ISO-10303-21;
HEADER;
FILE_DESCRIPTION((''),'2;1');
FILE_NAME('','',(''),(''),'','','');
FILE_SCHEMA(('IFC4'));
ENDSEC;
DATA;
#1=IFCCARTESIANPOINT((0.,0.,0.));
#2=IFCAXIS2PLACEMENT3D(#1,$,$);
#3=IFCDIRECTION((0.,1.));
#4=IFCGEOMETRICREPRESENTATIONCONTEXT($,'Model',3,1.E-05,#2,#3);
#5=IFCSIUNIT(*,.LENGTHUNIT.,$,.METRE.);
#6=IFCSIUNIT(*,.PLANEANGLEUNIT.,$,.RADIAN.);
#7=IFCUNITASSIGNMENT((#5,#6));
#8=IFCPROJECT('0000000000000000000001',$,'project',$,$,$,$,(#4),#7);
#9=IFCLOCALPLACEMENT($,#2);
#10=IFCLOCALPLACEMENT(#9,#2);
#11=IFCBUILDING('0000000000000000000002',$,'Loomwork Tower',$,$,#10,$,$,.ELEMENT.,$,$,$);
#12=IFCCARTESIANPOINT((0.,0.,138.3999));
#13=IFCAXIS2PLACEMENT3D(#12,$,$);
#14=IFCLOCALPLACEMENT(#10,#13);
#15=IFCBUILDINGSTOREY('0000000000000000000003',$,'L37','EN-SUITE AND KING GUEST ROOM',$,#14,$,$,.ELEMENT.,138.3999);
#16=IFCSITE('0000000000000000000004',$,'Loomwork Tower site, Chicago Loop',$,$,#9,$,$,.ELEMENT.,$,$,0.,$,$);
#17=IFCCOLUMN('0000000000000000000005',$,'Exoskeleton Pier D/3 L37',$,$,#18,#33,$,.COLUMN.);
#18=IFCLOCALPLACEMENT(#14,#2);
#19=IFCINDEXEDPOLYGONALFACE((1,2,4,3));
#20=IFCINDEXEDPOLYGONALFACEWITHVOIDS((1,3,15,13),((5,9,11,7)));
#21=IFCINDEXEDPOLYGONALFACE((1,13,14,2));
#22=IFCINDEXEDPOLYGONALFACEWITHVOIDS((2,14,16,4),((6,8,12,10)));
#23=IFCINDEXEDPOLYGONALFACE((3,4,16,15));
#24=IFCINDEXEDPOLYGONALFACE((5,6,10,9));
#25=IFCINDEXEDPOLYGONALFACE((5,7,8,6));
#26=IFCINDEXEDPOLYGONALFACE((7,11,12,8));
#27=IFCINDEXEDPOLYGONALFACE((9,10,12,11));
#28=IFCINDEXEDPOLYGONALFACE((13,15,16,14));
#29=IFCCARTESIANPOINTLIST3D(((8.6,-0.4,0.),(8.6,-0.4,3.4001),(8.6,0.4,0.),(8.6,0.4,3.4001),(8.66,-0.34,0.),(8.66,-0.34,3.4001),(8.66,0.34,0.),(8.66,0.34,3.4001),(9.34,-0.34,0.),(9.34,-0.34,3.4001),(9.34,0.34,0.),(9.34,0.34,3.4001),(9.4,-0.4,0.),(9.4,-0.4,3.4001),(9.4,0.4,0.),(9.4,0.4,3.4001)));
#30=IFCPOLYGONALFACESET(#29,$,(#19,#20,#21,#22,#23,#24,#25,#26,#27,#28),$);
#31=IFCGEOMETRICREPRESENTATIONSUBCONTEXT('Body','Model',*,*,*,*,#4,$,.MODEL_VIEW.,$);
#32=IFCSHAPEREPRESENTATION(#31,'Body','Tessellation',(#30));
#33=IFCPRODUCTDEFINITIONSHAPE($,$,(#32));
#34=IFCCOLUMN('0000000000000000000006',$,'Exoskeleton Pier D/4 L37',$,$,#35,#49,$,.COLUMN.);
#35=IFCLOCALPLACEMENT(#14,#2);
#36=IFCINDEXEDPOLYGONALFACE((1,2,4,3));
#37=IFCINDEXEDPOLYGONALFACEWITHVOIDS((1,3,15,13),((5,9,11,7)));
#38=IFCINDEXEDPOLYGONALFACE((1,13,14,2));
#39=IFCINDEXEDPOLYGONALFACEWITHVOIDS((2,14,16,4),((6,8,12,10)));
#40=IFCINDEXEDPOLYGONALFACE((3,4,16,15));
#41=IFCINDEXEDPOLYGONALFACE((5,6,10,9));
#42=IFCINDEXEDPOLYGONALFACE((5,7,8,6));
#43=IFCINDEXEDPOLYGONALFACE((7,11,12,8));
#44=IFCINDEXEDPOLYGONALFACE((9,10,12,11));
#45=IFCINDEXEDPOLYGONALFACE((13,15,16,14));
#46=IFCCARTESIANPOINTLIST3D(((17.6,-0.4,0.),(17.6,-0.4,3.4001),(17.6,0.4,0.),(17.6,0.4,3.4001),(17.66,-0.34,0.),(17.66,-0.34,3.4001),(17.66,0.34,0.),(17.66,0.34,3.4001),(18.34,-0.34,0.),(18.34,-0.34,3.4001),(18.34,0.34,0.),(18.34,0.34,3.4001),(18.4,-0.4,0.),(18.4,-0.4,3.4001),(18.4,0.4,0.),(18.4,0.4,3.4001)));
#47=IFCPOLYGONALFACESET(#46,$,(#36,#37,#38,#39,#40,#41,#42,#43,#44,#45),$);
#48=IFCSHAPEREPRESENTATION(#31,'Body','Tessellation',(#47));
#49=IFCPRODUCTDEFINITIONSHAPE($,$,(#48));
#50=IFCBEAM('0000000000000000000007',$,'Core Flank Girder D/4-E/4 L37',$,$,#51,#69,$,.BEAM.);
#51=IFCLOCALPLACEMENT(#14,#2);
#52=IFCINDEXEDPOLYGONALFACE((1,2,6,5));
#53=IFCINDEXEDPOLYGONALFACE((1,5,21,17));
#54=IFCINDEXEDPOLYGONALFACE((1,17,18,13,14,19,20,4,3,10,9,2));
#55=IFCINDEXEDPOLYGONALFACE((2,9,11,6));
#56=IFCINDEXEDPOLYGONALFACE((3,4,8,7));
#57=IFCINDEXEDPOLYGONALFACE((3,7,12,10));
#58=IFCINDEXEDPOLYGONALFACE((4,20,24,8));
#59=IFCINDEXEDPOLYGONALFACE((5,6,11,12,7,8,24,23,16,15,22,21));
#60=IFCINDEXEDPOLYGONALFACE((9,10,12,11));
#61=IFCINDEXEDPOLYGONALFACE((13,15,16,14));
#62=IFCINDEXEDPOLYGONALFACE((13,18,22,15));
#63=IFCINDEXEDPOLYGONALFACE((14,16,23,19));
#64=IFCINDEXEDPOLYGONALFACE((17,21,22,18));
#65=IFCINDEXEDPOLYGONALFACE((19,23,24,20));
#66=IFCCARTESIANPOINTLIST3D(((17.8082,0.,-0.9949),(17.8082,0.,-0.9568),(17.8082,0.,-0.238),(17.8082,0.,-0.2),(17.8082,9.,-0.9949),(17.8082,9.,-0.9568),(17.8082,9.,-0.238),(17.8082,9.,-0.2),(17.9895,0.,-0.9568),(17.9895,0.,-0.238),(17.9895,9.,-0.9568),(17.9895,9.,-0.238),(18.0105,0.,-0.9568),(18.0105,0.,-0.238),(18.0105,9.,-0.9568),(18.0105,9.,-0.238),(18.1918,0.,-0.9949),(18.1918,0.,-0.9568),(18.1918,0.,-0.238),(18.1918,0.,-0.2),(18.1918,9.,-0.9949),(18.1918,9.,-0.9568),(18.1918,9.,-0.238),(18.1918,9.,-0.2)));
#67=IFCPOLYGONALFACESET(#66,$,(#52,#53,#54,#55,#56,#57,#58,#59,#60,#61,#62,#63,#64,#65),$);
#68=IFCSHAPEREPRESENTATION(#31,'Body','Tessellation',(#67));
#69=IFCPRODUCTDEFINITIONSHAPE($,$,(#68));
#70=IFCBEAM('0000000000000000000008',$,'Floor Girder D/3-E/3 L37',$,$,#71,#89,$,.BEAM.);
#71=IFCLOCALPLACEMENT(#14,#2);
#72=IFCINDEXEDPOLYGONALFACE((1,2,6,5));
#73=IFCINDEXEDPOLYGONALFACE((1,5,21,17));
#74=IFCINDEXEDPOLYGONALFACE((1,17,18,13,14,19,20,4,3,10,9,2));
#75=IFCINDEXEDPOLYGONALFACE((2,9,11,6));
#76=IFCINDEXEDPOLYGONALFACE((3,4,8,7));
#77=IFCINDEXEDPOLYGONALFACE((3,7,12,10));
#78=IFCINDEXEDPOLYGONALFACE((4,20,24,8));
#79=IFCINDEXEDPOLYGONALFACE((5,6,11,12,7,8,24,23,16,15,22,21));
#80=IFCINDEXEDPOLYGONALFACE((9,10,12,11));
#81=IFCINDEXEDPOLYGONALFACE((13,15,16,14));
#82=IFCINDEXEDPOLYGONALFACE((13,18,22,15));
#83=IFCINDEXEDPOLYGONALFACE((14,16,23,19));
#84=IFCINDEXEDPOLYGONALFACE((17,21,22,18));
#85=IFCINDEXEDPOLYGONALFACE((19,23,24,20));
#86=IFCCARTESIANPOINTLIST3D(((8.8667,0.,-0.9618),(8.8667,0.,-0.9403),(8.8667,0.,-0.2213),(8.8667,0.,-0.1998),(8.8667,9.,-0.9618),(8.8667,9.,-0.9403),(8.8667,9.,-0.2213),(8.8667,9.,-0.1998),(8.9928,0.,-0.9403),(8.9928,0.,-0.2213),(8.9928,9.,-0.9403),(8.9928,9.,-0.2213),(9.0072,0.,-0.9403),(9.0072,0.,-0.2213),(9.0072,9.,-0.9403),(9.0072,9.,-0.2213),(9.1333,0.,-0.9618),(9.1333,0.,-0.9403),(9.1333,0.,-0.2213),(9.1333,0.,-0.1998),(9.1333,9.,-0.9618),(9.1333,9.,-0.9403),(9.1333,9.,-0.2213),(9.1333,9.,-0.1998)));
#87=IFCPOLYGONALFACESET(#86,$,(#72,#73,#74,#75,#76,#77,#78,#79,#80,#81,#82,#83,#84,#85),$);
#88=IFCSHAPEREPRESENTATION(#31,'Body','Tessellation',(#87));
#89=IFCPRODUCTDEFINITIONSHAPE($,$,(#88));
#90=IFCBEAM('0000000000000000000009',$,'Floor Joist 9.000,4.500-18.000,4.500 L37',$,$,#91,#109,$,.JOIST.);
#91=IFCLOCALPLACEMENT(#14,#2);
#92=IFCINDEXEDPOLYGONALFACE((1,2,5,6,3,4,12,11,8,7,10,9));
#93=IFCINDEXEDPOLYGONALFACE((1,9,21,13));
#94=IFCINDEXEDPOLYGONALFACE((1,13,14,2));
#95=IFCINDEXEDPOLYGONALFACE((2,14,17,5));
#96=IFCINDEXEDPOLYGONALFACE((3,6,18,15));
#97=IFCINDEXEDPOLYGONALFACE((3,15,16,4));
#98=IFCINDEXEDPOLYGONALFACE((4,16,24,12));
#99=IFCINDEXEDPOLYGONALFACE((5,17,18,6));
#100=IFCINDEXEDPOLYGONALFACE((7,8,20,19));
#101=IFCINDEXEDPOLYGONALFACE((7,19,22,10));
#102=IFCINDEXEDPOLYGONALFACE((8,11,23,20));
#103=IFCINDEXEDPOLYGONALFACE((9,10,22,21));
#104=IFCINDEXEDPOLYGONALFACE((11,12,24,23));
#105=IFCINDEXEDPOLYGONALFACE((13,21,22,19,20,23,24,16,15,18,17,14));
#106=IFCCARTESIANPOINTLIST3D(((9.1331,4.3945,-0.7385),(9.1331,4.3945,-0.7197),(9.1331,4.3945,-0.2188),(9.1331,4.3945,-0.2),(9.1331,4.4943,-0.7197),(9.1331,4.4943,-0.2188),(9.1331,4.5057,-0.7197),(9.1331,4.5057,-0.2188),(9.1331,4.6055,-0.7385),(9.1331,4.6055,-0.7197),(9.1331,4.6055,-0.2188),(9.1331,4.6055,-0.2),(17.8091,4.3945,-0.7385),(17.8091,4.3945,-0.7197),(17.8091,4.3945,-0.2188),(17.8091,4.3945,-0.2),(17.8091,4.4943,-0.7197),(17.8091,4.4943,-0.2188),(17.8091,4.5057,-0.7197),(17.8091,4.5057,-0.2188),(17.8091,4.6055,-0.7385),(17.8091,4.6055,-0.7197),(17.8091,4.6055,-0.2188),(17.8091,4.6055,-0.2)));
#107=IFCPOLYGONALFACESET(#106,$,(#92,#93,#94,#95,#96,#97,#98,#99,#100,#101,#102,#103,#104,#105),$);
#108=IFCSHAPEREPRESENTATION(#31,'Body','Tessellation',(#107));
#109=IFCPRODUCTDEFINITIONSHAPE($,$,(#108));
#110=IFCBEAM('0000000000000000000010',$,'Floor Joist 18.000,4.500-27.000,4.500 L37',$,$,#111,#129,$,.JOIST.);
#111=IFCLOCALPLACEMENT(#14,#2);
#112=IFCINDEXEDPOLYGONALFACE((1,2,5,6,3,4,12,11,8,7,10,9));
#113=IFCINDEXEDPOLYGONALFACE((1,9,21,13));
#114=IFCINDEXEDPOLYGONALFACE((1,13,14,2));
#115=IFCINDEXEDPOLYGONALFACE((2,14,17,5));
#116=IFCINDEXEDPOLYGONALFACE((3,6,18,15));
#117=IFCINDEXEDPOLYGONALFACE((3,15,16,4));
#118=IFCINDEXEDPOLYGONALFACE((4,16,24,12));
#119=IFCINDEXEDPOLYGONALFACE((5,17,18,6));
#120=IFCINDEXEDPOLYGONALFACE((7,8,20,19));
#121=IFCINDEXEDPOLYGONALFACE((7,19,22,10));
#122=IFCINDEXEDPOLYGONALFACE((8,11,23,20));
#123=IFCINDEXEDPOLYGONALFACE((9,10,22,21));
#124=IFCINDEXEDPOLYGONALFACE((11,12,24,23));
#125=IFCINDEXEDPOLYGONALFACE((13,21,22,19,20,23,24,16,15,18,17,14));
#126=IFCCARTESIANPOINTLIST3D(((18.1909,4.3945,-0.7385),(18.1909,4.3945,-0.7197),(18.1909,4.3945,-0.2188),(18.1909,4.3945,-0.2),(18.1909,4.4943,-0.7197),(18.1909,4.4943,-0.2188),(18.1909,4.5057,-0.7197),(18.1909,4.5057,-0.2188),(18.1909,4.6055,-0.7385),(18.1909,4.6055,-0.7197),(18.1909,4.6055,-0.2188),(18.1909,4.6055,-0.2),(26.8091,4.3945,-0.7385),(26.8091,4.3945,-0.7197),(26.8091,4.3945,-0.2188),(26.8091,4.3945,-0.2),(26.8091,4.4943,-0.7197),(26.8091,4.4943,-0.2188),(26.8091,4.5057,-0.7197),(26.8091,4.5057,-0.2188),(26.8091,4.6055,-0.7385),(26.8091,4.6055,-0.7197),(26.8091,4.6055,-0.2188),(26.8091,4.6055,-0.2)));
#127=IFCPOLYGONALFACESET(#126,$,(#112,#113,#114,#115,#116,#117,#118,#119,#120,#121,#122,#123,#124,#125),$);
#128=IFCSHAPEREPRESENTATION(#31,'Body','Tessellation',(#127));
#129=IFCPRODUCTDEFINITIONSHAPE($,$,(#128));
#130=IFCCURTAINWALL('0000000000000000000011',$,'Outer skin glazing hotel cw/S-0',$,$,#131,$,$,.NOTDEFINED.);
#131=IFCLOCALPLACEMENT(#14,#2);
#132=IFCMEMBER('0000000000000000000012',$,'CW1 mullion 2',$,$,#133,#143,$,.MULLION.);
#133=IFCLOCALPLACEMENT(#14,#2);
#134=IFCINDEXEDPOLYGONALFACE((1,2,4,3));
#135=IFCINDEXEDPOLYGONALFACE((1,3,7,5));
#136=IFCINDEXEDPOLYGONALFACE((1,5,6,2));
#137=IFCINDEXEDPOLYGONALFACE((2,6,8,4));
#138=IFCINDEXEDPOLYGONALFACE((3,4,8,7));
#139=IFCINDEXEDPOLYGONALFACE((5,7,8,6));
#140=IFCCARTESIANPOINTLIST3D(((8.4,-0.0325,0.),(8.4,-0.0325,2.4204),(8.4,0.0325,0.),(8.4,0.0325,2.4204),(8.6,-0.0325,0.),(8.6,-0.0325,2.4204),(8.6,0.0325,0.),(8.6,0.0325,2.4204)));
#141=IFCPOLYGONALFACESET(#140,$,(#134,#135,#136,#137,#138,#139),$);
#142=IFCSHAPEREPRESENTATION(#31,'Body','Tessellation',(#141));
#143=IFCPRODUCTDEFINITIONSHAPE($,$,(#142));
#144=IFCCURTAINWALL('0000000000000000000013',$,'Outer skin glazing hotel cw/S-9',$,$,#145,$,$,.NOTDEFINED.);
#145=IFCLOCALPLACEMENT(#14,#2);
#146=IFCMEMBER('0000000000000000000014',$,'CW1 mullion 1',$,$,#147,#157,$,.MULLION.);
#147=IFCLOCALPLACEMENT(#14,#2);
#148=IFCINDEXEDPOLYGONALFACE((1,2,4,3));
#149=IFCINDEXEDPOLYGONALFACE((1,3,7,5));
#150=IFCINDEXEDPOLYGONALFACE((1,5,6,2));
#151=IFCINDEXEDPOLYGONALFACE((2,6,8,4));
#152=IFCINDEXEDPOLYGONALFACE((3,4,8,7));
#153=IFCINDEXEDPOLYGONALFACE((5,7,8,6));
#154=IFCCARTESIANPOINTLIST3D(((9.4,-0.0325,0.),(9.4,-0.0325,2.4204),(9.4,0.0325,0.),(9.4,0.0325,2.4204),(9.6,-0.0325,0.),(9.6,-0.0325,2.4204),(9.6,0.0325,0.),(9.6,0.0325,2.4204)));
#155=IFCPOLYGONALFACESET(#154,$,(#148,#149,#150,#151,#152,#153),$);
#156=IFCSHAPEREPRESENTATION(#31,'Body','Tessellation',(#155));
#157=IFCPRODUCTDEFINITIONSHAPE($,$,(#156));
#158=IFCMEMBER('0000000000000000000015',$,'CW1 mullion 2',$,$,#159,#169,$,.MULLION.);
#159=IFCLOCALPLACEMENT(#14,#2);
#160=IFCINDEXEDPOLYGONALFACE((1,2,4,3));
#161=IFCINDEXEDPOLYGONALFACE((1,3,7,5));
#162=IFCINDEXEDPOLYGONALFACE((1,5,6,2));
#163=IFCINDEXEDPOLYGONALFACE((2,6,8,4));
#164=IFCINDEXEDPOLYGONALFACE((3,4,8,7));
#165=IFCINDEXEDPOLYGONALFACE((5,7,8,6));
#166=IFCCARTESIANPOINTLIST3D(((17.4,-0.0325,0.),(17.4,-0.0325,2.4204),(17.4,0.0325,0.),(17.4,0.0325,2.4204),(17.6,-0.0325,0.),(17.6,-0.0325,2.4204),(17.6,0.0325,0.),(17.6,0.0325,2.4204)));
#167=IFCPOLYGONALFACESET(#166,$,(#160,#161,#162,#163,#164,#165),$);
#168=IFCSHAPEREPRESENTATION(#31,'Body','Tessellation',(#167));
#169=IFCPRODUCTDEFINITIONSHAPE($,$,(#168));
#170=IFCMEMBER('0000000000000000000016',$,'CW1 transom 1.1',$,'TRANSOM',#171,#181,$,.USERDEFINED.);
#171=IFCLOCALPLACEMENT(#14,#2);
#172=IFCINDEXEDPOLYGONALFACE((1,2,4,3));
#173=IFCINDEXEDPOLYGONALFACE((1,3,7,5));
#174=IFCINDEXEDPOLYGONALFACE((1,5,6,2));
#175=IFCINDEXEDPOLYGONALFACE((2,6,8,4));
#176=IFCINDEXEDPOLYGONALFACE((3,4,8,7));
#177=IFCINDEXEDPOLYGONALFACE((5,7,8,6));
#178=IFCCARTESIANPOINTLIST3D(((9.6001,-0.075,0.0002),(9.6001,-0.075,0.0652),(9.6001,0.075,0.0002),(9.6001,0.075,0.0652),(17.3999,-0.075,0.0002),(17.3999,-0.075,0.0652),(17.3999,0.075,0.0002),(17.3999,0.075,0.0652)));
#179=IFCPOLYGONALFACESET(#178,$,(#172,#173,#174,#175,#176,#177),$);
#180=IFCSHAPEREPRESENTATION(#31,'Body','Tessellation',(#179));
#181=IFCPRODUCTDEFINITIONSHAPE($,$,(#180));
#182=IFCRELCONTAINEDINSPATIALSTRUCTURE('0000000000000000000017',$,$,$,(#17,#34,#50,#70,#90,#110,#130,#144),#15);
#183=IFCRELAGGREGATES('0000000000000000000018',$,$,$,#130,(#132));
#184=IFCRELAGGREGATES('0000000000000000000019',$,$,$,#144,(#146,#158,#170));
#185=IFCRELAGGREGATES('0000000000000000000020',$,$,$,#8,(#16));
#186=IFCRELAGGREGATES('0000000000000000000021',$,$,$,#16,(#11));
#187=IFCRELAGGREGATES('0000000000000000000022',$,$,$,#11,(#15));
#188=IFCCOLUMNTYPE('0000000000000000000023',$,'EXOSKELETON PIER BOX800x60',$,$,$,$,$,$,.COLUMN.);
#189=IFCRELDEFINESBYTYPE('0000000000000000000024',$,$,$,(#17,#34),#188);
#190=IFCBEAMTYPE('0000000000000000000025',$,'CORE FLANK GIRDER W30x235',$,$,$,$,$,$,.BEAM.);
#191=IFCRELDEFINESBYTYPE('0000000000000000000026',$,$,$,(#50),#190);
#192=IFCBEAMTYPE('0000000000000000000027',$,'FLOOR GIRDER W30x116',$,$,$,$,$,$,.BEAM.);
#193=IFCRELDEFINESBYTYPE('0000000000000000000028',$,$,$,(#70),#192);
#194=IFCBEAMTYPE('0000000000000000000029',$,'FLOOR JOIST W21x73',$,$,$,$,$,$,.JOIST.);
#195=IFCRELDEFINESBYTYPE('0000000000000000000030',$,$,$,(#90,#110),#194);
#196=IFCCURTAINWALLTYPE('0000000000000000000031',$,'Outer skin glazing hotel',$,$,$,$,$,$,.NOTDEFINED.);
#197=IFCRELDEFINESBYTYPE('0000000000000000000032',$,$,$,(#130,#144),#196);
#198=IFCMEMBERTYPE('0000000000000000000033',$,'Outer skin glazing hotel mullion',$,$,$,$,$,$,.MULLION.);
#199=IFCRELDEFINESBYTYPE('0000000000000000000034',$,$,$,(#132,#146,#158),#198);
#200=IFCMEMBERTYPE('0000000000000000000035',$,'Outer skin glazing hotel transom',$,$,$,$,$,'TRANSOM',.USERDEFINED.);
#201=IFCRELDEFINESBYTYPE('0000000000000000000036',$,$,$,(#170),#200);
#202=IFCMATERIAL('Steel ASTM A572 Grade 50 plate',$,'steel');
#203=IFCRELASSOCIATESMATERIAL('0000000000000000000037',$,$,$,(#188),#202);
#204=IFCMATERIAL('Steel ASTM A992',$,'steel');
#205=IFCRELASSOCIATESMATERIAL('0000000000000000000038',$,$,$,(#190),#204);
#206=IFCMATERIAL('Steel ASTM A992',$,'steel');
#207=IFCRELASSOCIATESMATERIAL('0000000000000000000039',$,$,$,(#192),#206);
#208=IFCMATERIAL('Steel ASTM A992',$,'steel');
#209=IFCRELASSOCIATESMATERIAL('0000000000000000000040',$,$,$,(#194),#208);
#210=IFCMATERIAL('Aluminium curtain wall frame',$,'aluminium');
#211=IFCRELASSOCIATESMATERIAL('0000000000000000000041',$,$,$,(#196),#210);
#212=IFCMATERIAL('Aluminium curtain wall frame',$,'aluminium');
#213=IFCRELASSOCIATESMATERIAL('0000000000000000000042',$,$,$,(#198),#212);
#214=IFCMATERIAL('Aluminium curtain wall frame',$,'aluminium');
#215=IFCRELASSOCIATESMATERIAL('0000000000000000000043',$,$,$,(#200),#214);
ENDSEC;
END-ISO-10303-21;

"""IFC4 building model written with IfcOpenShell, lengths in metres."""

from ifc_helpers import new_model, si_unit, direction, frame, origin, origin_2d, place, context, subcontext, project, spatial, rectangle, hollow_rectangle, i_section, extrude, material, material_profile, profile_set, type_object, element, aggregate, save


model = new_model("IFC4")

# Units and contexts
model_context = context("Model", 3, precision=1e-05, world=origin(), true_north=direction((0.0, 1.0)))
body_context = subcontext(model_context, "Body", "Model", "MODEL_VIEW")
ifc_project = project(units=[si_unit("LENGTHUNIT", "METRE"), si_unit("PLANEANGLEUNIT", "RADIAN")], contexts=[model_context])

# Site, building, storey
site_placement = place(None, origin())
site = spatial("IfcSite", under=ifc_project, at=site_placement, Name="Loomwork Tower site, Chicago Loop", CompositionType="ELEMENT", RefElevation=0.0)
building_placement = place(site_placement, origin())
building = spatial("IfcBuilding", under=site, at=building_placement, Name="Loomwork Tower", CompositionType="ELEMENT")
storey_placement = place(building_placement, frame((0.0, 0.0, 138.3999)))
storey = spatial("IfcBuildingStorey", under=building, at=storey_placement, Name="L37", Description="EN-SUITE AND KING GUEST ROOM", CompositionType="ELEMENT", Elevation=138.3999)

# Columns
ifc_material_1 = material(Name="Steel ASTM A572 Grade 50 plate", Category="steel")
ifc_material_profile_1 = material_profile(ifc_material_1, hollow_rectangle(XDim=0.8, YDim=0.8, WallThickness=0.0601, at=origin_2d()), Name="BOX800x60")
ifc_profile_set_1 = profile_set([ifc_material_profile_1], Name="Steel ASTM A572 Grade 50 plate")
column_type = type_object("IfcColumnType", Name="EXOSKELETON PIER BOX800x60", PredefinedType="COLUMN", material=ifc_profile_set_1)
for number, where, z_axis, x_axis, name in (
    (1, (9.0, 0.0, 0.0), (0.0, 0.0, 1.0), (1.0, 0.0, 0.0), "Exoskeleton Pier D/3 L37"),
    (2, (18.0, 0.0, 0.0), (0.0, 0.0, 1.0), (1.0, 0.0, 0.0), "Exoskeleton Pier D/4 L37"),
):
    element("IfcColumn", number, at=place(storey_placement, frame(where, z_axis=z_axis, x_axis=x_axis)), inside=storey, type_object=column_type, Name=name, PredefinedType="COLUMN", context=body_context, shape_type="SweptSolid", body=[
        extrude(hollow_rectangle(XDim=0.8, YDim=0.8, WallThickness=0.0601, at=origin_2d()), origin(), (0.0, 0.0, 1.0), 3.4001),
    ])

# Beams
ifc_material_2 = material(Name="Steel ASTM A992", Category="steel")
ifc_material_profile_2 = material_profile(ifc_material_2, i_section(OverallWidth=0.3835, OverallDepth=0.7949, WebThickness=0.021, FlangeThickness=0.0381, at=origin_2d()), Name="W30x235")
ifc_profile_set_2 = profile_set([ifc_material_profile_2], Name="Steel ASTM A992")
beam_type_1 = type_object("IfcBeamType", Name="CORE FLANK GIRDER W30x235", PredefinedType="BEAM", material=ifc_profile_set_2)
beam_1_placement = place(storey_placement, frame((18.0, 0.0, -0.5974), z_axis=(0.0, 1.0, 0.0), x_axis=(-1.0, 0.0, 0.0)))
element("IfcBeam", 3, at=beam_1_placement, inside=storey, type_object=beam_type_1, Name="Core Flank Girder D/4-E/4 L37", PredefinedType="BEAM", context=body_context, shape_type="SweptSolid", body=[
    extrude(i_section(OverallWidth=0.3835, OverallDepth=0.7949, WebThickness=0.021, FlangeThickness=0.0381, at=origin_2d()), origin(), (0.0, 0.0, 1.0), 9.0),
])
ifc_material_3 = material(Name="Steel ASTM A992", Category="steel")
ifc_material_profile_3 = material_profile(ifc_material_3, i_section(OverallWidth=0.2666, OverallDepth=0.762, WebThickness=0.0144, FlangeThickness=0.0215, at=origin_2d()), Name="W30x116")
ifc_profile_set_3 = profile_set([ifc_material_profile_3], Name="Steel ASTM A992")
beam_type_2 = type_object("IfcBeamType", Name="FLOOR GIRDER W30x116", PredefinedType="BEAM", material=ifc_profile_set_3)
beam_2_placement = place(storey_placement, frame((9.0, 0.0, -0.5808), z_axis=(0.0, 1.0, 0.0), x_axis=(-1.0, 0.0, 0.0)))
element("IfcBeam", 4, at=beam_2_placement, inside=storey, type_object=beam_type_2, Name="Floor Girder D/3-E/3 L37", PredefinedType="BEAM", context=body_context, shape_type="SweptSolid", body=[
    extrude(i_section(OverallWidth=0.2666, OverallDepth=0.762, WebThickness=0.0144, FlangeThickness=0.0215, at=origin_2d()), origin(), (0.0, 0.0, 1.0), 9.0),
])
ifc_material_4 = material(Name="Steel ASTM A992", Category="steel")
ifc_material_profile_4 = material_profile(ifc_material_4, i_section(OverallWidth=0.2109, OverallDepth=0.5386, WebThickness=0.0115, FlangeThickness=0.0188, at=origin_2d()), Name="W21x73")
ifc_profile_set_4 = profile_set([ifc_material_profile_4], Name="Steel ASTM A992")
beam_type_3 = type_object("IfcBeamType", Name="FLOOR JOIST W21x73", PredefinedType="JOIST", material=ifc_profile_set_4)
beam_3_placement = place(storey_placement, frame((9.1331, 4.5, -0.4692), z_axis=(1.0, 0.0, 0.0), x_axis=(0.0, 1.0, 0.0)))
element("IfcBeam", 5, at=beam_3_placement, inside=storey, type_object=beam_type_3, Name="Floor Joist 9.000,4.500-18.000,4.500 L37", PredefinedType="JOIST", context=body_context, shape_type="SweptSolid", body=[
    extrude(i_section(OverallWidth=0.2109, OverallDepth=0.5386, WebThickness=0.0115, FlangeThickness=0.0188, at=origin_2d()), origin(), (0.0, 0.0, 1.0), 8.676),
])
beam_4_placement = place(storey_placement, frame((18.1909, 4.5, -0.4692), z_axis=(1.0, 0.0, 0.0), x_axis=(0.0, 1.0, 0.0)))
element("IfcBeam", 6, at=beam_4_placement, inside=storey, type_object=beam_type_3, Name="Floor Joist 18.000,4.500-27.000,4.500 L37", PredefinedType="JOIST", context=body_context, shape_type="SweptSolid", body=[
    extrude(i_section(OverallWidth=0.2109, OverallDepth=0.5386, WebThickness=0.0115, FlangeThickness=0.0188, at=origin_2d()), origin(), (0.0, 0.0, 1.0), 8.6182),
])

# Curtain wall, member
ifc_material_5 = material(Name="Aluminium curtain wall frame", Category="aluminium")
curtain_wall_type = type_object("IfcCurtainWallType", Name="Outer skin glazing hotel", PredefinedType="NOTDEFINED", material=ifc_material_5)
curtain_wall_1_placement = place(storey_placement, origin())
curtain_wall_1 = element("IfcCurtainWall", 7, at=curtain_wall_1_placement, inside=storey, type_object=curtain_wall_type, Name="Outer skin glazing hotel cw/S-0", PredefinedType="NOTDEFINED")
ifc_material_6 = material(Name="Aluminium curtain wall frame", Category="aluminium")
ifc_material_profile_5 = material_profile(ifc_material_6, rectangle(XDim=0.0649, YDim=0.2, at=origin_2d()), Name="AL 65x200")
ifc_profile_set_5 = profile_set([ifc_material_profile_5], Name="Aluminium curtain wall frame")
member_type_1 = type_object("IfcMemberType", Name="Outer skin glazing hotel mullion", PredefinedType="MULLION", material=ifc_profile_set_5)
member_1_placement = place(storey_placement, frame((8.5, 0.0, 0.0), z_axis=(0.0, 0.0, 1.0), x_axis=(0.0, 1.0, 0.0)))
member_1 = element("IfcMember", 8, at=member_1_placement, type_object=member_type_1, Name="CW1 mullion 2", PredefinedType="MULLION", context=body_context, shape_type="SweptSolid", body=[
    extrude(rectangle(XDim=0.0649, YDim=0.2, at=origin_2d()), origin(), (0.0, 0.0, 1.0), 2.4204),
])
aggregate(curtain_wall_1, [member_1])

# Curtain wall, members
curtain_wall_2_placement = place(storey_placement, origin())
curtain_wall_2 = element("IfcCurtainWall", 9, at=curtain_wall_2_placement, inside=storey, type_object=curtain_wall_type, Name="Outer skin glazing hotel cw/S-9", PredefinedType="NOTDEFINED")
member_2_placement = place(storey_placement, frame((9.5, 0.0, 0.0), z_axis=(0.0, 0.0, 1.0), x_axis=(0.0, 1.0, 0.0)))
member_2 = element("IfcMember", 10, at=member_2_placement, type_object=member_type_1, Name="CW1 mullion 1", PredefinedType="MULLION", context=body_context, shape_type="SweptSolid", body=[
    extrude(rectangle(XDim=0.0649, YDim=0.2, at=origin_2d()), origin(), (0.0, 0.0, 1.0), 2.4204),
])
member_3_placement = place(storey_placement, frame((17.5, 0.0, 0.0), z_axis=(0.0, 0.0, 1.0), x_axis=(0.0, 1.0, 0.0)))
member_3 = element("IfcMember", 11, at=member_3_placement, type_object=member_type_1, Name="CW1 mullion 2", PredefinedType="MULLION", context=body_context, shape_type="SweptSolid", body=[
    extrude(rectangle(XDim=0.0649, YDim=0.2, at=origin_2d()), origin(), (0.0, 0.0, 1.0), 2.4204),
])
ifc_material_7 = material(Name="Aluminium curtain wall frame", Category="aluminium")
ifc_material_profile_6 = material_profile(ifc_material_7, rectangle(XDim=0.1499, YDim=0.0649, at=origin_2d()), Name="AL 65x150")
ifc_profile_set_6 = profile_set([ifc_material_profile_6], Name="Aluminium curtain wall frame")
member_type_2 = type_object("IfcMemberType", Name="Outer skin glazing hotel transom", ElementType="TRANSOM", PredefinedType="USERDEFINED", material=ifc_profile_set_6)
member_4_placement = place(storey_placement, frame((9.6001, 0.0, 0.0327), z_axis=(1.0, 0.0, 0.0), x_axis=(0.0, 1.0, 0.0)))
member_4 = element("IfcMember", 12, at=member_4_placement, type_object=member_type_2, Name="CW1 transom 1.1", ObjectType="TRANSOM", PredefinedType="USERDEFINED", context=body_context, shape_type="SweptSolid", body=[
    extrude(rectangle(XDim=0.1499, YDim=0.0649, at=origin_2d()), origin(), (0.0, 0.0, 1.0), 7.7998),
])

aggregate(curtain_wall_2, [member_2, member_3, member_4])

save(model, "model.ifc")
